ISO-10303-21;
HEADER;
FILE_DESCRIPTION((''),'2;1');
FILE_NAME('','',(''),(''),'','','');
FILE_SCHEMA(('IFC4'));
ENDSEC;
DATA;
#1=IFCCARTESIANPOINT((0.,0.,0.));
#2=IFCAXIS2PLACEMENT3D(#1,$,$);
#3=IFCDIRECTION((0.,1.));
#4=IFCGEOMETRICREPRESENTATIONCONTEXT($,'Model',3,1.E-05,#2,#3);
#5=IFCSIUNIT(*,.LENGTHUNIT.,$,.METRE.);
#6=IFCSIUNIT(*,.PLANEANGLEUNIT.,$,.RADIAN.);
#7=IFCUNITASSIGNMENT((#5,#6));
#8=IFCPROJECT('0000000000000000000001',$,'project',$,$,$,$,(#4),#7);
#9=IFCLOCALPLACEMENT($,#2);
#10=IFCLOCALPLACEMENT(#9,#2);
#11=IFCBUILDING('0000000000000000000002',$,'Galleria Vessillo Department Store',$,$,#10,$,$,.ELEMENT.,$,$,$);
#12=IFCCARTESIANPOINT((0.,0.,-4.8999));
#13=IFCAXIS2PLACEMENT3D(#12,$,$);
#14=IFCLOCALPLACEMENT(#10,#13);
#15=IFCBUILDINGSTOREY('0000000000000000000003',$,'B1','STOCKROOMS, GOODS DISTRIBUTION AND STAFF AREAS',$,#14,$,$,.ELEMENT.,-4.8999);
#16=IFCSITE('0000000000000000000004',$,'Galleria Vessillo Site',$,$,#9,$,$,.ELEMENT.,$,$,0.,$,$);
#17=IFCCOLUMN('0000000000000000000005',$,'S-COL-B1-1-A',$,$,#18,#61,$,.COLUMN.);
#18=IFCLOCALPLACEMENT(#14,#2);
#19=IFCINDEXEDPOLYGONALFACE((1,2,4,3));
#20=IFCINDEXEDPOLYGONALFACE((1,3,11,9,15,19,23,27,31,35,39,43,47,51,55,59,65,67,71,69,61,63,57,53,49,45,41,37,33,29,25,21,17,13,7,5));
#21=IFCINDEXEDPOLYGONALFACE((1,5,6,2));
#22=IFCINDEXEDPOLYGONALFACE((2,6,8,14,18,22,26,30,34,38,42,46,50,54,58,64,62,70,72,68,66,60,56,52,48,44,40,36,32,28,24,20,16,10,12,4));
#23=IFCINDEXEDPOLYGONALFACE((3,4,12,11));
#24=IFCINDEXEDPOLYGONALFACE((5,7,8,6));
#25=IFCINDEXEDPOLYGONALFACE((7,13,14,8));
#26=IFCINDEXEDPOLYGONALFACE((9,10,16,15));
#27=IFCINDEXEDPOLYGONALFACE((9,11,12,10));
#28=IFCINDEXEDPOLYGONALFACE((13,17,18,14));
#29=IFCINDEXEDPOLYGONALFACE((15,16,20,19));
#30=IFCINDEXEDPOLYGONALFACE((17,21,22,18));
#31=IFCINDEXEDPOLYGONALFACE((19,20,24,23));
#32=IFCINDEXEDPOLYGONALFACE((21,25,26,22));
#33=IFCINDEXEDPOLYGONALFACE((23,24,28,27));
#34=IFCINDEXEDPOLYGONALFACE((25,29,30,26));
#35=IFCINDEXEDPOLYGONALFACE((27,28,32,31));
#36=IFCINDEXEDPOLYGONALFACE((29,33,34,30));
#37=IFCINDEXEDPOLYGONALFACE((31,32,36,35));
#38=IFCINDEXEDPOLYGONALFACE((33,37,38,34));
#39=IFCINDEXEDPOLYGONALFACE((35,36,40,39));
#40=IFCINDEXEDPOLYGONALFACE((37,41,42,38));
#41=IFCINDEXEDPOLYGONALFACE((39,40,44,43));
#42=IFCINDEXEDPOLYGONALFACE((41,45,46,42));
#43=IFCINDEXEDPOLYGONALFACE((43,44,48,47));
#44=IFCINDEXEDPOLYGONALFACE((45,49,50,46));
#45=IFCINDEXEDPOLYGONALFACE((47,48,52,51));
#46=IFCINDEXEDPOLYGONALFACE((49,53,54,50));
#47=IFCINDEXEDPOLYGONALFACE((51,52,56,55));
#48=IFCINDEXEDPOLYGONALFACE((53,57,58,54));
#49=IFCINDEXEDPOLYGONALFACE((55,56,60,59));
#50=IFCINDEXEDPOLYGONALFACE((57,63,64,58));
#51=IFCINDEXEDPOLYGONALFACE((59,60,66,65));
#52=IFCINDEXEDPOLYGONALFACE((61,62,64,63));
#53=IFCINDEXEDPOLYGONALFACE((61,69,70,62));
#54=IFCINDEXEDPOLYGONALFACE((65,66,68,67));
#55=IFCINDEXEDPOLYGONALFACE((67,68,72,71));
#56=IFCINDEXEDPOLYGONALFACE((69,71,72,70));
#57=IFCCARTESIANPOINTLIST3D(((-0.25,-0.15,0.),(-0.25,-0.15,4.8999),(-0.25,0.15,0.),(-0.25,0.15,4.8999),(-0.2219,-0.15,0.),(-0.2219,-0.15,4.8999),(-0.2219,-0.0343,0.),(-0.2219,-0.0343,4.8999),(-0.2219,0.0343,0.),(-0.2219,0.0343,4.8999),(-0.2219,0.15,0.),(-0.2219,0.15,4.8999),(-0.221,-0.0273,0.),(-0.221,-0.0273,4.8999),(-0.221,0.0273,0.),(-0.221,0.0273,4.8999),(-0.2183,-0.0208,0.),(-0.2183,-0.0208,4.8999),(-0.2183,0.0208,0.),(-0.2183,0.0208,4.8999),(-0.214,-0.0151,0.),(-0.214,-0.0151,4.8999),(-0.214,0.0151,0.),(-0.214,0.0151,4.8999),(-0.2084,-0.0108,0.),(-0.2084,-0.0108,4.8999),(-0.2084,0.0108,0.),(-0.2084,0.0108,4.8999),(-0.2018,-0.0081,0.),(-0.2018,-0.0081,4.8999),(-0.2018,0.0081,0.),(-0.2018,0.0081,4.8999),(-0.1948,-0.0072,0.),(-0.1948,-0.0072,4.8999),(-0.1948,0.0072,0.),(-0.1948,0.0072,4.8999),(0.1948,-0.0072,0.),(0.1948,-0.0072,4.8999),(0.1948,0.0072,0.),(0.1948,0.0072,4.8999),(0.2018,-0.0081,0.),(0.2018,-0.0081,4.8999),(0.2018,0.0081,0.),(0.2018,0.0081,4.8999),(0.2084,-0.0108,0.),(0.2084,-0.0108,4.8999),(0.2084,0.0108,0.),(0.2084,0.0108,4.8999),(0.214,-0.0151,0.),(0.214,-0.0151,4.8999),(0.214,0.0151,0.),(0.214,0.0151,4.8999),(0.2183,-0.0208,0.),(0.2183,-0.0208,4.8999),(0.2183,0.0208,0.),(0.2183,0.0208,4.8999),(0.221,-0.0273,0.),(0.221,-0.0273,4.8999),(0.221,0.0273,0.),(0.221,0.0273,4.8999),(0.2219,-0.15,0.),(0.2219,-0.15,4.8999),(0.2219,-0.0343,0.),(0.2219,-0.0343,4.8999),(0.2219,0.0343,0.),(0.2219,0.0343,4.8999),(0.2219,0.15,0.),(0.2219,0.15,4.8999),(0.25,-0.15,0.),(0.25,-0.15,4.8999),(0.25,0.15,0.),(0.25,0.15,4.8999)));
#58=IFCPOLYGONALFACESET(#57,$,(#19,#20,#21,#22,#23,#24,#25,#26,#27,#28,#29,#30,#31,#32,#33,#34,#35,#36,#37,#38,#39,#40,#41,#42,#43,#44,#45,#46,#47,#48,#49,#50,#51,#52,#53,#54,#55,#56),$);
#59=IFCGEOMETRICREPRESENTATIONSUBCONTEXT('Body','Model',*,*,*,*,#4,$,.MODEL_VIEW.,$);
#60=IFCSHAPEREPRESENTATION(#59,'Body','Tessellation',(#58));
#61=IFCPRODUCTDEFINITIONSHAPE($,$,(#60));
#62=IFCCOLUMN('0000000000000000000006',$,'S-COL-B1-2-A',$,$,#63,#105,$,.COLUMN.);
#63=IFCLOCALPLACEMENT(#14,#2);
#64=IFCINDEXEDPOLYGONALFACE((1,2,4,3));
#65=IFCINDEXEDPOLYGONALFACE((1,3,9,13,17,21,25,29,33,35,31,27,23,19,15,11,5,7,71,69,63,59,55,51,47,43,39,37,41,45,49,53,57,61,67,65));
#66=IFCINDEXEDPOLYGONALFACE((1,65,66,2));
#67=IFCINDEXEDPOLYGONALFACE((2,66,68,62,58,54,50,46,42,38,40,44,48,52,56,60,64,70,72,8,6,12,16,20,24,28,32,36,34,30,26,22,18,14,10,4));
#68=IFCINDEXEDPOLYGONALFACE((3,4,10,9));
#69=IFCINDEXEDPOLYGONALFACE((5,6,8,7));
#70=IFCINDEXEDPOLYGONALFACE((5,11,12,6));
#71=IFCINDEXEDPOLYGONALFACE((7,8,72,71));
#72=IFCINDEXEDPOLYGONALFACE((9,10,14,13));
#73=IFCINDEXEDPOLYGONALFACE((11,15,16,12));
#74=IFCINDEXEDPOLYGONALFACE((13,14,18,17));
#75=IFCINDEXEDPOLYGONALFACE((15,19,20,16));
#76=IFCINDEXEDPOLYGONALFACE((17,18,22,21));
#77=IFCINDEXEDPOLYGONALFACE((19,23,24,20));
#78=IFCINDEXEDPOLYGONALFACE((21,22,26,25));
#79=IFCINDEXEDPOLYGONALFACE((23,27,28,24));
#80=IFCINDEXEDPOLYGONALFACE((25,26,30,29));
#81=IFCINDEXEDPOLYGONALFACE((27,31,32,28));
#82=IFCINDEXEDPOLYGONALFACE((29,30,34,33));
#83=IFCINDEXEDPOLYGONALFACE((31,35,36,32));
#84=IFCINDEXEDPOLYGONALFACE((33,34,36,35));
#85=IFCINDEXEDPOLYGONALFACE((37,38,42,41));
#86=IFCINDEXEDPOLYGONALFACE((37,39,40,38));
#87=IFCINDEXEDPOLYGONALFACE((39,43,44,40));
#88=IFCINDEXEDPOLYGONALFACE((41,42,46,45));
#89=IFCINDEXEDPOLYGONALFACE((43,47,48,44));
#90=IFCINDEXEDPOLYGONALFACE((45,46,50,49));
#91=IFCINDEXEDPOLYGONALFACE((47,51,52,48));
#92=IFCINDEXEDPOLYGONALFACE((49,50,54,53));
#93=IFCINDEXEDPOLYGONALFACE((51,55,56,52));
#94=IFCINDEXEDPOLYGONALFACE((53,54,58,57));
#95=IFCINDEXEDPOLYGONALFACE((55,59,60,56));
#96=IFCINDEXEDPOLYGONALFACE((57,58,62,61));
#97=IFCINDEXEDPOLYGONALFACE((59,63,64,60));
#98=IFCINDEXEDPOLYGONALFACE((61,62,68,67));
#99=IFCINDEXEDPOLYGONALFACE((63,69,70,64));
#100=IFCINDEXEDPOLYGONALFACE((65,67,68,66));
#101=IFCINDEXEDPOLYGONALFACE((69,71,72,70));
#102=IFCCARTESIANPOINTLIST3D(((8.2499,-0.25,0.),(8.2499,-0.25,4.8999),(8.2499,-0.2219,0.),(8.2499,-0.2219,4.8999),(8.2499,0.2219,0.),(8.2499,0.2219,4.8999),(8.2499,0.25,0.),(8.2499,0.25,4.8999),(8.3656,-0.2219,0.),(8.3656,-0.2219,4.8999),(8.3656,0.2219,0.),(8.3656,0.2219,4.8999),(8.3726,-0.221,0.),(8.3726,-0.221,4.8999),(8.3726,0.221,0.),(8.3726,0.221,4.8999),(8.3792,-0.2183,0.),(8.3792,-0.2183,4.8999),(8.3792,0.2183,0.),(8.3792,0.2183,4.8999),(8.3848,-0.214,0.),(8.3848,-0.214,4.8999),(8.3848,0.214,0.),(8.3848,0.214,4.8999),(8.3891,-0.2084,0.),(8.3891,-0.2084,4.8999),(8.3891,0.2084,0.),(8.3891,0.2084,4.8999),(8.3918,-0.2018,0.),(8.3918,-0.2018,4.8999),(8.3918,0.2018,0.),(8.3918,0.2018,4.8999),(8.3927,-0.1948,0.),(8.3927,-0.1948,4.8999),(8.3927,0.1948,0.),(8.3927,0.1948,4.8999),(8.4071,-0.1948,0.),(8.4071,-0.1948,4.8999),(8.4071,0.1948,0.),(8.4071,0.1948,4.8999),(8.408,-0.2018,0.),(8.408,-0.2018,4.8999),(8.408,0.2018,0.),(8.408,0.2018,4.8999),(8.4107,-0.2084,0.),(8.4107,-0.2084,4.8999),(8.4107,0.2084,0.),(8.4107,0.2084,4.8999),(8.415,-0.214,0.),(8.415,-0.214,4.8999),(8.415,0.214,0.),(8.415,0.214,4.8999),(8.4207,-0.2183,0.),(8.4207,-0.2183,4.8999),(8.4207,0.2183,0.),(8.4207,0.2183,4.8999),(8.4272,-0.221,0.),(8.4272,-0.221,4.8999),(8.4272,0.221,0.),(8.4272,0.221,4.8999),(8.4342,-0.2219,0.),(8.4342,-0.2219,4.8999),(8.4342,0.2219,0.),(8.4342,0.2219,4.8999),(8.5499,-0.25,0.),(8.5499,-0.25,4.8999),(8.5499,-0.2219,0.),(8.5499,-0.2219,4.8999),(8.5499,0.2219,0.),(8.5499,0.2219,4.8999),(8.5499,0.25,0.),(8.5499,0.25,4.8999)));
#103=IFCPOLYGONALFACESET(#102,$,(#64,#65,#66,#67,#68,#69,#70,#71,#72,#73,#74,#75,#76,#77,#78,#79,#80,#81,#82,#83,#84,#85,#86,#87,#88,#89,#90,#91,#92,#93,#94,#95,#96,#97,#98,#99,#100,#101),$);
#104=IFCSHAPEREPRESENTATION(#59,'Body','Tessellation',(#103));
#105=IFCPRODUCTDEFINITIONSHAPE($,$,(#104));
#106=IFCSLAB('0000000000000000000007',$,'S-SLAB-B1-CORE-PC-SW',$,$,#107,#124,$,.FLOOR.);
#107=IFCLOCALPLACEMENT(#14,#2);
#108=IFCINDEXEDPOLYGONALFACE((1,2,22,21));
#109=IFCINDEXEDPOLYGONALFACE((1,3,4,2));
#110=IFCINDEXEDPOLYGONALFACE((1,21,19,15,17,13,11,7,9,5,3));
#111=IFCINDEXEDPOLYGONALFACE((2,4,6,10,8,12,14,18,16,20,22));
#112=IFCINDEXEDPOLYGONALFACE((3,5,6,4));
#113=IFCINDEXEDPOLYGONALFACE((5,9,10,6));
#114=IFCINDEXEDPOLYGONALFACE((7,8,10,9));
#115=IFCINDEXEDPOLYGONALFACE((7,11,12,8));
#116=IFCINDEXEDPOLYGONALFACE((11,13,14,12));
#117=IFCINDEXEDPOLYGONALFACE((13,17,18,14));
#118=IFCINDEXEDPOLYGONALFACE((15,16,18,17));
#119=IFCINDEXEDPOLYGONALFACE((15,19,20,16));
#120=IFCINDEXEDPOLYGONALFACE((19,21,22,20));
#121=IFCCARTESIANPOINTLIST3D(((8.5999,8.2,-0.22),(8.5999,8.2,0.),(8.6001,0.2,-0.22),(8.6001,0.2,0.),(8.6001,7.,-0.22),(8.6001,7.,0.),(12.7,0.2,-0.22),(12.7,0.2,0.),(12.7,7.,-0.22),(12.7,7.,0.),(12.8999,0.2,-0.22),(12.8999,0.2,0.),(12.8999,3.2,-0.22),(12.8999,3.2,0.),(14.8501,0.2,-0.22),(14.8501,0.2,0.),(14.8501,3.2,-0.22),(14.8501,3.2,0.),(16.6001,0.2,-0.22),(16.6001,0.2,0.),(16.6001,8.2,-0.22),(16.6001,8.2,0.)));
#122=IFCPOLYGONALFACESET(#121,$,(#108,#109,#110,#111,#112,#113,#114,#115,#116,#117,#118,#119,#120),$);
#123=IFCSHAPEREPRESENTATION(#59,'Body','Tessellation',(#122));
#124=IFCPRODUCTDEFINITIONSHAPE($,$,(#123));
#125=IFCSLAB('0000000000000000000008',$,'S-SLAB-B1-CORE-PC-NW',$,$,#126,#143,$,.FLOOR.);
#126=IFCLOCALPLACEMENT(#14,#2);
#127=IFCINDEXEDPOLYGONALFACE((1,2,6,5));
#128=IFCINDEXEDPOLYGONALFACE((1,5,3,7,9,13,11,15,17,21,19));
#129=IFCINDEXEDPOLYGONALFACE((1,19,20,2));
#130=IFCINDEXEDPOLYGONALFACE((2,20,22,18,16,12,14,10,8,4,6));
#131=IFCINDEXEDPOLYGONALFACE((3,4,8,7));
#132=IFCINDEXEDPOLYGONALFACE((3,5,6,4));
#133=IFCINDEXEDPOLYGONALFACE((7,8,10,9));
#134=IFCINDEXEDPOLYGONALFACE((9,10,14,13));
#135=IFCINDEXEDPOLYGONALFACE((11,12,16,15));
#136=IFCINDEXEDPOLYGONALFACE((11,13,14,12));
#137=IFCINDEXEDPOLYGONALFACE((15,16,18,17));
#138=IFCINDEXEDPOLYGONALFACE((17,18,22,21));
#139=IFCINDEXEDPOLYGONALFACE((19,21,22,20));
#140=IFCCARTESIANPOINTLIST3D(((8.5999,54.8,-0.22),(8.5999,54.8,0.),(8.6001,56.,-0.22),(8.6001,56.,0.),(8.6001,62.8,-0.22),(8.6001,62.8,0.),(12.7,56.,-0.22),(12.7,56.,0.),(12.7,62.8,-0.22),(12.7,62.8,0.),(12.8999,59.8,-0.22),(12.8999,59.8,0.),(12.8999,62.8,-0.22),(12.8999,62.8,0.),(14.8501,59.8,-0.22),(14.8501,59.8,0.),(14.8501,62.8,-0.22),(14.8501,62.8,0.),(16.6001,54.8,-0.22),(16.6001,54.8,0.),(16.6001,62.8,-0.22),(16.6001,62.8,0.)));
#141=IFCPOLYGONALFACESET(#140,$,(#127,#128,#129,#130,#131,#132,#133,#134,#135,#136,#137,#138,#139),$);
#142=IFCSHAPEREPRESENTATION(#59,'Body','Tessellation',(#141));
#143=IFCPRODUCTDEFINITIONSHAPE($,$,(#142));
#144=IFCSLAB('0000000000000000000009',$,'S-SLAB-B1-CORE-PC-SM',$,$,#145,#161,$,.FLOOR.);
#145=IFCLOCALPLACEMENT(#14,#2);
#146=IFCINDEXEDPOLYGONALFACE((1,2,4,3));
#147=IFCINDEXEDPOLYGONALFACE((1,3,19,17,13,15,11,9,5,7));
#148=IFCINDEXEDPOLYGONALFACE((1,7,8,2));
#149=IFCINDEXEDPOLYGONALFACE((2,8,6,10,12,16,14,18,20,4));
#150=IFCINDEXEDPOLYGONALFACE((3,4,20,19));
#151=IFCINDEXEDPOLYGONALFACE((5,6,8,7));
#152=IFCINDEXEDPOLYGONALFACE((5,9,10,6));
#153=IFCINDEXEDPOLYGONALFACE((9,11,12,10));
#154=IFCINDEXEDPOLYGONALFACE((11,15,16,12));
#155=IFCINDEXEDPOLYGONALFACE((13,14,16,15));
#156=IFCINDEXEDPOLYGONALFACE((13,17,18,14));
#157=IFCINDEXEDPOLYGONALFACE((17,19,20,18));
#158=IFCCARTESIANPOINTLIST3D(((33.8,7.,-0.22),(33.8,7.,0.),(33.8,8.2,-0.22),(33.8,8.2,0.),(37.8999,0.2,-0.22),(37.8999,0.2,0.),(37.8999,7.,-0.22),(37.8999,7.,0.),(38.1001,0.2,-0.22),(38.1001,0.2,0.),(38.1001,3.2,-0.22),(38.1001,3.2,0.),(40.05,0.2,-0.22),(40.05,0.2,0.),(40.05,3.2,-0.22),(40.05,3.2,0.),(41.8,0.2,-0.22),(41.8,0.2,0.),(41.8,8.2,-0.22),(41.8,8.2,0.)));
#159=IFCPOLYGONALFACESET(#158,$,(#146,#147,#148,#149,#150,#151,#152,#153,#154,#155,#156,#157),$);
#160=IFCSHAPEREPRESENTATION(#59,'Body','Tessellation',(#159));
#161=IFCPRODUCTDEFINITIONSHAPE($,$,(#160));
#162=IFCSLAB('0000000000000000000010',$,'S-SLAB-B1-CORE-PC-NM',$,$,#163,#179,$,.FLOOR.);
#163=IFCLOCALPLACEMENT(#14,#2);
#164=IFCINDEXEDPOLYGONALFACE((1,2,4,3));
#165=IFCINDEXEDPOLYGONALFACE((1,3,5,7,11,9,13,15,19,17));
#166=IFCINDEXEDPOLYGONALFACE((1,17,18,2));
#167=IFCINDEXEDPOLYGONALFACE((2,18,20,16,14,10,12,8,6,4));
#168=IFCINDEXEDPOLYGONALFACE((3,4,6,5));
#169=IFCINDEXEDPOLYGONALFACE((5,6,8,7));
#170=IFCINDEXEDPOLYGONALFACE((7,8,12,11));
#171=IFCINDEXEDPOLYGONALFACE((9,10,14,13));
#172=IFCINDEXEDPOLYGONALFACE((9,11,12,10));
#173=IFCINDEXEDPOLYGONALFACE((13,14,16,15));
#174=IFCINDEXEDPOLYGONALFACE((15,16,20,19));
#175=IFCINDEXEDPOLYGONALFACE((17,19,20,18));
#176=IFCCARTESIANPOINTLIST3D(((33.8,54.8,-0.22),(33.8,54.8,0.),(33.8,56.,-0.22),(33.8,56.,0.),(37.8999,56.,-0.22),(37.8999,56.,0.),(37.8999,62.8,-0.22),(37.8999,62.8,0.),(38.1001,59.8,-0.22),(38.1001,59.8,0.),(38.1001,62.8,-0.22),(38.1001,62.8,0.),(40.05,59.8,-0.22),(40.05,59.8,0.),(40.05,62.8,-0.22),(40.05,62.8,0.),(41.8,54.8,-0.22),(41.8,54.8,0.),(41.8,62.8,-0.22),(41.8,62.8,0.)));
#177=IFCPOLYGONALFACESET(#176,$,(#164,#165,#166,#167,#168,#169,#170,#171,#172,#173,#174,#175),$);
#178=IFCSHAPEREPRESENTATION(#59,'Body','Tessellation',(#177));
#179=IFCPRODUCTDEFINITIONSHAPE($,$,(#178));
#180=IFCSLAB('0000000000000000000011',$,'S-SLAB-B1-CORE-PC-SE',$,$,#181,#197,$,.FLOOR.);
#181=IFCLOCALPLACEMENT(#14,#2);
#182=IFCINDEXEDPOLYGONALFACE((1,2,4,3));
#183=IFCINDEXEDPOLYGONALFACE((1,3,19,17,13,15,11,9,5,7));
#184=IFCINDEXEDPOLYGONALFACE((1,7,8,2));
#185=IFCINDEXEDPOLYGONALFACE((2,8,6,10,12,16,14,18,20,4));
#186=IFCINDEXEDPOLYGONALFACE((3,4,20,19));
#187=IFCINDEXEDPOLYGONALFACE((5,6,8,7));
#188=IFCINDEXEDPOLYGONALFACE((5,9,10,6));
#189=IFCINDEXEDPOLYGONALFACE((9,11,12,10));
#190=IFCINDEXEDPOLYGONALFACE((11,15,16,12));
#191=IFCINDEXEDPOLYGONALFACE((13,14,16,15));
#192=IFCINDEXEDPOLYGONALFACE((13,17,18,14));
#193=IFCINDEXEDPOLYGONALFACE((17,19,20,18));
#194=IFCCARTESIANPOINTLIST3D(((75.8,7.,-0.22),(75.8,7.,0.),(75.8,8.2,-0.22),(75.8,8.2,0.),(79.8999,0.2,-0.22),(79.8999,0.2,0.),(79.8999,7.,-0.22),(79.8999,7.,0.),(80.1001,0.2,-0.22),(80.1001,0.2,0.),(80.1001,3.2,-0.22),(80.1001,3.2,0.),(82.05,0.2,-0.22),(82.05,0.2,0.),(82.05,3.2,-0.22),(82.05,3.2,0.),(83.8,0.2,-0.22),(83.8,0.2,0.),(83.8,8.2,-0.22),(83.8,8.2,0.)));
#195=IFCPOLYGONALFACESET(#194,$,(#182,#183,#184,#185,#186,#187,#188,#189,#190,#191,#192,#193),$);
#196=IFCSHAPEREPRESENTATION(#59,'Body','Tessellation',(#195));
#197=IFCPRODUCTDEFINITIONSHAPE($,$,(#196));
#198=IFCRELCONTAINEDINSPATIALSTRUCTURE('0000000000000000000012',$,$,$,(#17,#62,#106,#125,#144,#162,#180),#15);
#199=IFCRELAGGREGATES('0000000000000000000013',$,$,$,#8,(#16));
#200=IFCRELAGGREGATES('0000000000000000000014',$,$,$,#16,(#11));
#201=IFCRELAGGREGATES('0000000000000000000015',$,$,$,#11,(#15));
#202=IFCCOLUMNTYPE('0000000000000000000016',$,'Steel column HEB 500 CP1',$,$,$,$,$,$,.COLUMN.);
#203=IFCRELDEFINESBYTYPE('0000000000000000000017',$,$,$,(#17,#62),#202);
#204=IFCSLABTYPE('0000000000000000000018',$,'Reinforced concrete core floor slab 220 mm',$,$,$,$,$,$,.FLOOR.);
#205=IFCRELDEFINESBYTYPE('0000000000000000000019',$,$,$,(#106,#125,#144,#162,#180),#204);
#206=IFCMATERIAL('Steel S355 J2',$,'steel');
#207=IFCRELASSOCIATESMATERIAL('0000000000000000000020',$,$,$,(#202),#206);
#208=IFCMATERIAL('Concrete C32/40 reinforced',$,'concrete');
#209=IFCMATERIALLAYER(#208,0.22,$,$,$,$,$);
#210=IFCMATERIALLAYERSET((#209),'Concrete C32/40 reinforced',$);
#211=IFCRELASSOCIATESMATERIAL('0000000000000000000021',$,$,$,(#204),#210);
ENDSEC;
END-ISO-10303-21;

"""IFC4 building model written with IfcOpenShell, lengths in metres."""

from ifc_helpers import new_model, si_unit, direction, frame, origin, origin_2d, place, context, subcontext, project, spatial, polyline, i_section, outline, extrude, material, layer, layer_set, material_profile, profile_set, type_object, element, save


model = new_model("IFC4")

# Units and contexts
model_context = context("Model", 3, precision=1e-05, world=origin(), true_north=direction((0.0, 1.0)))
body_context = subcontext(model_context, "Body", "Model", "MODEL_VIEW")
ifc_project = project(units=[si_unit("LENGTHUNIT", "METRE"), si_unit("PLANEANGLEUNIT", "RADIAN")], contexts=[model_context])

# Site, building, storey
site_placement = place(None, origin())
site = spatial("IfcSite", under=ifc_project, at=site_placement, Name="Galleria Vessillo Site", CompositionType="ELEMENT", RefElevation=0.0)
building_placement = place(site_placement, origin())
building = spatial("IfcBuilding", under=site, at=building_placement, Name="Galleria Vessillo Department Store", CompositionType="ELEMENT")
storey_placement = place(building_placement, frame((0.0, 0.0, -4.8999)))
storey = spatial("IfcBuildingStorey", under=building, at=storey_placement, Name="B1", Description="STOCKROOMS, GOODS DISTRIBUTION AND STAFF AREAS", CompositionType="ELEMENT", Elevation=-4.8999)

# Columns
ifc_material_1 = material(Name="Steel S355 J2", Category="steel")
ifc_material_profile = material_profile(ifc_material_1, i_section(OverallWidth=0.3, OverallDepth=0.5, WebThickness=0.0144, FlangeThickness=0.0281, FilletRadius=0.0271, at=origin_2d()), Name="HEB 500")
ifc_profile_set = profile_set([ifc_material_profile], Name="Steel S355 J2")
column_type = type_object("IfcColumnType", Name="Steel column HEB 500 CP1", PredefinedType="COLUMN", material=ifc_profile_set)
for number, where, z_axis, x_axis, name in (
    (1, (0.0, 0.0, 0.0), (0.0, 0.0, 1.0), (0.0, 1.0, 0.0), "S-COL-B1-1-A"),
    (2, (8.3999, 0.0, 0.0), (0.0, 0.0, 1.0), (1.0, 0.0, 0.0), "S-COL-B1-2-A"),
):
    element("IfcColumn", number, at=place(storey_placement, frame(where, z_axis=z_axis, x_axis=x_axis)), inside=storey, type_object=column_type, Name=name, PredefinedType="COLUMN", context=body_context, shape_type="SweptSolid", body=[
        extrude(i_section(OverallWidth=0.3, OverallDepth=0.5, WebThickness=0.0144, FlangeThickness=0.0281, FilletRadius=0.0271, at=origin_2d()), origin(), (0.0, 0.0, 1.0), 4.8999),
    ])

# Slabs
ifc_material_2 = material(Name="Concrete C32/40 reinforced", Category="concrete")
ifc_layer_1 = layer(ifc_material_2, 0.22)
ifc_layer_set_1 = layer_set([ifc_layer_1], Name="Concrete C32/40 reinforced")
slab_type_1 = type_object("IfcSlabType", Name="Reinforced concrete core floor slab 220 mm", PredefinedType="FLOOR", material=ifc_layer_set_1)
slab_1_placement = place(storey_placement, frame((0.0, 0.0, -0.22)))
element("IfcSlab", 3, at=slab_1_placement, inside=storey, type_object=slab_type_1, Name="S-SLAB-B1-CORE-PC-SW", PredefinedType="FLOOR", context=body_context, shape_type="SweptSolid", body=[
    extrude(outline(polyline([(8.5999, 8.2), (16.6001, 8.2), (16.6001, 0.2), (14.8501, 0.2), (14.8501, 3.2), (12.8999, 3.2), (12.8999, 0.2), (12.7, 0.2), (12.7, 7.0), (8.6001, 7.0), (8.6001, 0.2), (8.5999, 8.2)])), origin(), (0.0, 0.0, 1.0), 0.22),
])
slab_2_placement = place(storey_placement, frame((0.0, 0.0, -0.22)))
element("IfcSlab", 4, at=slab_2_placement, inside=storey, type_object=slab_type_1, Name="S-SLAB-B1-CORE-PC-NW", PredefinedType="FLOOR", context=body_context, shape_type="SweptSolid", body=[
    extrude(outline(polyline([(16.6001, 62.8), (16.6001, 54.8), (8.5999, 54.8), (8.6001, 62.8), (8.6001, 56.0), (12.7, 56.0), (12.7, 62.8), (12.8999, 62.8), (12.8999, 59.8), (14.8501, 59.8), (14.8501, 62.8), (16.6001, 62.8)])), origin(), (0.0, 0.0, 1.0), 0.22),
])
slab_3_placement = place(storey_placement, frame((0.0, 0.0, -0.22)))
element("IfcSlab", 5, at=slab_3_placement, inside=storey, type_object=slab_type_1, Name="S-SLAB-B1-CORE-PC-SM", PredefinedType="FLOOR", context=body_context, shape_type="SweptSolid", body=[
    extrude(outline(polyline([(33.8, 8.2), (41.8, 8.2), (41.8, 0.2), (40.05, 0.2), (40.05, 3.2), (38.1001, 3.2), (38.1001, 0.2), (37.8999, 0.2), (37.8999, 7.0), (33.8, 7.0), (33.8, 8.2)])), origin(), (0.0, 0.0, 1.0), 0.22),
])
slab_4_placement = place(storey_placement, frame((0.0, 0.0, -0.22)))
element("IfcSlab", 6, at=slab_4_placement, inside=storey, type_object=slab_type_1, Name="S-SLAB-B1-CORE-PC-NM", PredefinedType="FLOOR", context=body_context, shape_type="SweptSolid", body=[
    extrude(outline(polyline([(41.8, 62.8), (41.8, 54.8), (33.8, 54.8), (33.8, 56.0), (37.8999, 56.0), (37.8999, 62.8), (38.1001, 62.8), (38.1001, 59.8), (40.05, 59.8), (40.05, 62.8), (41.8, 62.8)])), origin(), (0.0, 0.0, 1.0), 0.22),
])
slab_5_placement = place(storey_placement, frame((0.0, 0.0, -0.22)))
element("IfcSlab", 7, at=slab_5_placement, inside=storey, type_object=slab_type_1, Name="S-SLAB-B1-CORE-PC-SE", PredefinedType="FLOOR", context=body_context, shape_type="SweptSolid", body=[
    extrude(outline(polyline([(75.8, 8.2), (83.8, 8.2), (83.8, 0.2), (82.05, 0.2), (82.05, 3.2), (80.1001, 3.2), (80.1001, 0.2), (79.8999, 0.2), (79.8999, 7.0), (75.8, 7.0), (75.8, 8.2)])), origin(), (0.0, 0.0, 1.0), 0.22),
])

save(model, "model.ifc")
